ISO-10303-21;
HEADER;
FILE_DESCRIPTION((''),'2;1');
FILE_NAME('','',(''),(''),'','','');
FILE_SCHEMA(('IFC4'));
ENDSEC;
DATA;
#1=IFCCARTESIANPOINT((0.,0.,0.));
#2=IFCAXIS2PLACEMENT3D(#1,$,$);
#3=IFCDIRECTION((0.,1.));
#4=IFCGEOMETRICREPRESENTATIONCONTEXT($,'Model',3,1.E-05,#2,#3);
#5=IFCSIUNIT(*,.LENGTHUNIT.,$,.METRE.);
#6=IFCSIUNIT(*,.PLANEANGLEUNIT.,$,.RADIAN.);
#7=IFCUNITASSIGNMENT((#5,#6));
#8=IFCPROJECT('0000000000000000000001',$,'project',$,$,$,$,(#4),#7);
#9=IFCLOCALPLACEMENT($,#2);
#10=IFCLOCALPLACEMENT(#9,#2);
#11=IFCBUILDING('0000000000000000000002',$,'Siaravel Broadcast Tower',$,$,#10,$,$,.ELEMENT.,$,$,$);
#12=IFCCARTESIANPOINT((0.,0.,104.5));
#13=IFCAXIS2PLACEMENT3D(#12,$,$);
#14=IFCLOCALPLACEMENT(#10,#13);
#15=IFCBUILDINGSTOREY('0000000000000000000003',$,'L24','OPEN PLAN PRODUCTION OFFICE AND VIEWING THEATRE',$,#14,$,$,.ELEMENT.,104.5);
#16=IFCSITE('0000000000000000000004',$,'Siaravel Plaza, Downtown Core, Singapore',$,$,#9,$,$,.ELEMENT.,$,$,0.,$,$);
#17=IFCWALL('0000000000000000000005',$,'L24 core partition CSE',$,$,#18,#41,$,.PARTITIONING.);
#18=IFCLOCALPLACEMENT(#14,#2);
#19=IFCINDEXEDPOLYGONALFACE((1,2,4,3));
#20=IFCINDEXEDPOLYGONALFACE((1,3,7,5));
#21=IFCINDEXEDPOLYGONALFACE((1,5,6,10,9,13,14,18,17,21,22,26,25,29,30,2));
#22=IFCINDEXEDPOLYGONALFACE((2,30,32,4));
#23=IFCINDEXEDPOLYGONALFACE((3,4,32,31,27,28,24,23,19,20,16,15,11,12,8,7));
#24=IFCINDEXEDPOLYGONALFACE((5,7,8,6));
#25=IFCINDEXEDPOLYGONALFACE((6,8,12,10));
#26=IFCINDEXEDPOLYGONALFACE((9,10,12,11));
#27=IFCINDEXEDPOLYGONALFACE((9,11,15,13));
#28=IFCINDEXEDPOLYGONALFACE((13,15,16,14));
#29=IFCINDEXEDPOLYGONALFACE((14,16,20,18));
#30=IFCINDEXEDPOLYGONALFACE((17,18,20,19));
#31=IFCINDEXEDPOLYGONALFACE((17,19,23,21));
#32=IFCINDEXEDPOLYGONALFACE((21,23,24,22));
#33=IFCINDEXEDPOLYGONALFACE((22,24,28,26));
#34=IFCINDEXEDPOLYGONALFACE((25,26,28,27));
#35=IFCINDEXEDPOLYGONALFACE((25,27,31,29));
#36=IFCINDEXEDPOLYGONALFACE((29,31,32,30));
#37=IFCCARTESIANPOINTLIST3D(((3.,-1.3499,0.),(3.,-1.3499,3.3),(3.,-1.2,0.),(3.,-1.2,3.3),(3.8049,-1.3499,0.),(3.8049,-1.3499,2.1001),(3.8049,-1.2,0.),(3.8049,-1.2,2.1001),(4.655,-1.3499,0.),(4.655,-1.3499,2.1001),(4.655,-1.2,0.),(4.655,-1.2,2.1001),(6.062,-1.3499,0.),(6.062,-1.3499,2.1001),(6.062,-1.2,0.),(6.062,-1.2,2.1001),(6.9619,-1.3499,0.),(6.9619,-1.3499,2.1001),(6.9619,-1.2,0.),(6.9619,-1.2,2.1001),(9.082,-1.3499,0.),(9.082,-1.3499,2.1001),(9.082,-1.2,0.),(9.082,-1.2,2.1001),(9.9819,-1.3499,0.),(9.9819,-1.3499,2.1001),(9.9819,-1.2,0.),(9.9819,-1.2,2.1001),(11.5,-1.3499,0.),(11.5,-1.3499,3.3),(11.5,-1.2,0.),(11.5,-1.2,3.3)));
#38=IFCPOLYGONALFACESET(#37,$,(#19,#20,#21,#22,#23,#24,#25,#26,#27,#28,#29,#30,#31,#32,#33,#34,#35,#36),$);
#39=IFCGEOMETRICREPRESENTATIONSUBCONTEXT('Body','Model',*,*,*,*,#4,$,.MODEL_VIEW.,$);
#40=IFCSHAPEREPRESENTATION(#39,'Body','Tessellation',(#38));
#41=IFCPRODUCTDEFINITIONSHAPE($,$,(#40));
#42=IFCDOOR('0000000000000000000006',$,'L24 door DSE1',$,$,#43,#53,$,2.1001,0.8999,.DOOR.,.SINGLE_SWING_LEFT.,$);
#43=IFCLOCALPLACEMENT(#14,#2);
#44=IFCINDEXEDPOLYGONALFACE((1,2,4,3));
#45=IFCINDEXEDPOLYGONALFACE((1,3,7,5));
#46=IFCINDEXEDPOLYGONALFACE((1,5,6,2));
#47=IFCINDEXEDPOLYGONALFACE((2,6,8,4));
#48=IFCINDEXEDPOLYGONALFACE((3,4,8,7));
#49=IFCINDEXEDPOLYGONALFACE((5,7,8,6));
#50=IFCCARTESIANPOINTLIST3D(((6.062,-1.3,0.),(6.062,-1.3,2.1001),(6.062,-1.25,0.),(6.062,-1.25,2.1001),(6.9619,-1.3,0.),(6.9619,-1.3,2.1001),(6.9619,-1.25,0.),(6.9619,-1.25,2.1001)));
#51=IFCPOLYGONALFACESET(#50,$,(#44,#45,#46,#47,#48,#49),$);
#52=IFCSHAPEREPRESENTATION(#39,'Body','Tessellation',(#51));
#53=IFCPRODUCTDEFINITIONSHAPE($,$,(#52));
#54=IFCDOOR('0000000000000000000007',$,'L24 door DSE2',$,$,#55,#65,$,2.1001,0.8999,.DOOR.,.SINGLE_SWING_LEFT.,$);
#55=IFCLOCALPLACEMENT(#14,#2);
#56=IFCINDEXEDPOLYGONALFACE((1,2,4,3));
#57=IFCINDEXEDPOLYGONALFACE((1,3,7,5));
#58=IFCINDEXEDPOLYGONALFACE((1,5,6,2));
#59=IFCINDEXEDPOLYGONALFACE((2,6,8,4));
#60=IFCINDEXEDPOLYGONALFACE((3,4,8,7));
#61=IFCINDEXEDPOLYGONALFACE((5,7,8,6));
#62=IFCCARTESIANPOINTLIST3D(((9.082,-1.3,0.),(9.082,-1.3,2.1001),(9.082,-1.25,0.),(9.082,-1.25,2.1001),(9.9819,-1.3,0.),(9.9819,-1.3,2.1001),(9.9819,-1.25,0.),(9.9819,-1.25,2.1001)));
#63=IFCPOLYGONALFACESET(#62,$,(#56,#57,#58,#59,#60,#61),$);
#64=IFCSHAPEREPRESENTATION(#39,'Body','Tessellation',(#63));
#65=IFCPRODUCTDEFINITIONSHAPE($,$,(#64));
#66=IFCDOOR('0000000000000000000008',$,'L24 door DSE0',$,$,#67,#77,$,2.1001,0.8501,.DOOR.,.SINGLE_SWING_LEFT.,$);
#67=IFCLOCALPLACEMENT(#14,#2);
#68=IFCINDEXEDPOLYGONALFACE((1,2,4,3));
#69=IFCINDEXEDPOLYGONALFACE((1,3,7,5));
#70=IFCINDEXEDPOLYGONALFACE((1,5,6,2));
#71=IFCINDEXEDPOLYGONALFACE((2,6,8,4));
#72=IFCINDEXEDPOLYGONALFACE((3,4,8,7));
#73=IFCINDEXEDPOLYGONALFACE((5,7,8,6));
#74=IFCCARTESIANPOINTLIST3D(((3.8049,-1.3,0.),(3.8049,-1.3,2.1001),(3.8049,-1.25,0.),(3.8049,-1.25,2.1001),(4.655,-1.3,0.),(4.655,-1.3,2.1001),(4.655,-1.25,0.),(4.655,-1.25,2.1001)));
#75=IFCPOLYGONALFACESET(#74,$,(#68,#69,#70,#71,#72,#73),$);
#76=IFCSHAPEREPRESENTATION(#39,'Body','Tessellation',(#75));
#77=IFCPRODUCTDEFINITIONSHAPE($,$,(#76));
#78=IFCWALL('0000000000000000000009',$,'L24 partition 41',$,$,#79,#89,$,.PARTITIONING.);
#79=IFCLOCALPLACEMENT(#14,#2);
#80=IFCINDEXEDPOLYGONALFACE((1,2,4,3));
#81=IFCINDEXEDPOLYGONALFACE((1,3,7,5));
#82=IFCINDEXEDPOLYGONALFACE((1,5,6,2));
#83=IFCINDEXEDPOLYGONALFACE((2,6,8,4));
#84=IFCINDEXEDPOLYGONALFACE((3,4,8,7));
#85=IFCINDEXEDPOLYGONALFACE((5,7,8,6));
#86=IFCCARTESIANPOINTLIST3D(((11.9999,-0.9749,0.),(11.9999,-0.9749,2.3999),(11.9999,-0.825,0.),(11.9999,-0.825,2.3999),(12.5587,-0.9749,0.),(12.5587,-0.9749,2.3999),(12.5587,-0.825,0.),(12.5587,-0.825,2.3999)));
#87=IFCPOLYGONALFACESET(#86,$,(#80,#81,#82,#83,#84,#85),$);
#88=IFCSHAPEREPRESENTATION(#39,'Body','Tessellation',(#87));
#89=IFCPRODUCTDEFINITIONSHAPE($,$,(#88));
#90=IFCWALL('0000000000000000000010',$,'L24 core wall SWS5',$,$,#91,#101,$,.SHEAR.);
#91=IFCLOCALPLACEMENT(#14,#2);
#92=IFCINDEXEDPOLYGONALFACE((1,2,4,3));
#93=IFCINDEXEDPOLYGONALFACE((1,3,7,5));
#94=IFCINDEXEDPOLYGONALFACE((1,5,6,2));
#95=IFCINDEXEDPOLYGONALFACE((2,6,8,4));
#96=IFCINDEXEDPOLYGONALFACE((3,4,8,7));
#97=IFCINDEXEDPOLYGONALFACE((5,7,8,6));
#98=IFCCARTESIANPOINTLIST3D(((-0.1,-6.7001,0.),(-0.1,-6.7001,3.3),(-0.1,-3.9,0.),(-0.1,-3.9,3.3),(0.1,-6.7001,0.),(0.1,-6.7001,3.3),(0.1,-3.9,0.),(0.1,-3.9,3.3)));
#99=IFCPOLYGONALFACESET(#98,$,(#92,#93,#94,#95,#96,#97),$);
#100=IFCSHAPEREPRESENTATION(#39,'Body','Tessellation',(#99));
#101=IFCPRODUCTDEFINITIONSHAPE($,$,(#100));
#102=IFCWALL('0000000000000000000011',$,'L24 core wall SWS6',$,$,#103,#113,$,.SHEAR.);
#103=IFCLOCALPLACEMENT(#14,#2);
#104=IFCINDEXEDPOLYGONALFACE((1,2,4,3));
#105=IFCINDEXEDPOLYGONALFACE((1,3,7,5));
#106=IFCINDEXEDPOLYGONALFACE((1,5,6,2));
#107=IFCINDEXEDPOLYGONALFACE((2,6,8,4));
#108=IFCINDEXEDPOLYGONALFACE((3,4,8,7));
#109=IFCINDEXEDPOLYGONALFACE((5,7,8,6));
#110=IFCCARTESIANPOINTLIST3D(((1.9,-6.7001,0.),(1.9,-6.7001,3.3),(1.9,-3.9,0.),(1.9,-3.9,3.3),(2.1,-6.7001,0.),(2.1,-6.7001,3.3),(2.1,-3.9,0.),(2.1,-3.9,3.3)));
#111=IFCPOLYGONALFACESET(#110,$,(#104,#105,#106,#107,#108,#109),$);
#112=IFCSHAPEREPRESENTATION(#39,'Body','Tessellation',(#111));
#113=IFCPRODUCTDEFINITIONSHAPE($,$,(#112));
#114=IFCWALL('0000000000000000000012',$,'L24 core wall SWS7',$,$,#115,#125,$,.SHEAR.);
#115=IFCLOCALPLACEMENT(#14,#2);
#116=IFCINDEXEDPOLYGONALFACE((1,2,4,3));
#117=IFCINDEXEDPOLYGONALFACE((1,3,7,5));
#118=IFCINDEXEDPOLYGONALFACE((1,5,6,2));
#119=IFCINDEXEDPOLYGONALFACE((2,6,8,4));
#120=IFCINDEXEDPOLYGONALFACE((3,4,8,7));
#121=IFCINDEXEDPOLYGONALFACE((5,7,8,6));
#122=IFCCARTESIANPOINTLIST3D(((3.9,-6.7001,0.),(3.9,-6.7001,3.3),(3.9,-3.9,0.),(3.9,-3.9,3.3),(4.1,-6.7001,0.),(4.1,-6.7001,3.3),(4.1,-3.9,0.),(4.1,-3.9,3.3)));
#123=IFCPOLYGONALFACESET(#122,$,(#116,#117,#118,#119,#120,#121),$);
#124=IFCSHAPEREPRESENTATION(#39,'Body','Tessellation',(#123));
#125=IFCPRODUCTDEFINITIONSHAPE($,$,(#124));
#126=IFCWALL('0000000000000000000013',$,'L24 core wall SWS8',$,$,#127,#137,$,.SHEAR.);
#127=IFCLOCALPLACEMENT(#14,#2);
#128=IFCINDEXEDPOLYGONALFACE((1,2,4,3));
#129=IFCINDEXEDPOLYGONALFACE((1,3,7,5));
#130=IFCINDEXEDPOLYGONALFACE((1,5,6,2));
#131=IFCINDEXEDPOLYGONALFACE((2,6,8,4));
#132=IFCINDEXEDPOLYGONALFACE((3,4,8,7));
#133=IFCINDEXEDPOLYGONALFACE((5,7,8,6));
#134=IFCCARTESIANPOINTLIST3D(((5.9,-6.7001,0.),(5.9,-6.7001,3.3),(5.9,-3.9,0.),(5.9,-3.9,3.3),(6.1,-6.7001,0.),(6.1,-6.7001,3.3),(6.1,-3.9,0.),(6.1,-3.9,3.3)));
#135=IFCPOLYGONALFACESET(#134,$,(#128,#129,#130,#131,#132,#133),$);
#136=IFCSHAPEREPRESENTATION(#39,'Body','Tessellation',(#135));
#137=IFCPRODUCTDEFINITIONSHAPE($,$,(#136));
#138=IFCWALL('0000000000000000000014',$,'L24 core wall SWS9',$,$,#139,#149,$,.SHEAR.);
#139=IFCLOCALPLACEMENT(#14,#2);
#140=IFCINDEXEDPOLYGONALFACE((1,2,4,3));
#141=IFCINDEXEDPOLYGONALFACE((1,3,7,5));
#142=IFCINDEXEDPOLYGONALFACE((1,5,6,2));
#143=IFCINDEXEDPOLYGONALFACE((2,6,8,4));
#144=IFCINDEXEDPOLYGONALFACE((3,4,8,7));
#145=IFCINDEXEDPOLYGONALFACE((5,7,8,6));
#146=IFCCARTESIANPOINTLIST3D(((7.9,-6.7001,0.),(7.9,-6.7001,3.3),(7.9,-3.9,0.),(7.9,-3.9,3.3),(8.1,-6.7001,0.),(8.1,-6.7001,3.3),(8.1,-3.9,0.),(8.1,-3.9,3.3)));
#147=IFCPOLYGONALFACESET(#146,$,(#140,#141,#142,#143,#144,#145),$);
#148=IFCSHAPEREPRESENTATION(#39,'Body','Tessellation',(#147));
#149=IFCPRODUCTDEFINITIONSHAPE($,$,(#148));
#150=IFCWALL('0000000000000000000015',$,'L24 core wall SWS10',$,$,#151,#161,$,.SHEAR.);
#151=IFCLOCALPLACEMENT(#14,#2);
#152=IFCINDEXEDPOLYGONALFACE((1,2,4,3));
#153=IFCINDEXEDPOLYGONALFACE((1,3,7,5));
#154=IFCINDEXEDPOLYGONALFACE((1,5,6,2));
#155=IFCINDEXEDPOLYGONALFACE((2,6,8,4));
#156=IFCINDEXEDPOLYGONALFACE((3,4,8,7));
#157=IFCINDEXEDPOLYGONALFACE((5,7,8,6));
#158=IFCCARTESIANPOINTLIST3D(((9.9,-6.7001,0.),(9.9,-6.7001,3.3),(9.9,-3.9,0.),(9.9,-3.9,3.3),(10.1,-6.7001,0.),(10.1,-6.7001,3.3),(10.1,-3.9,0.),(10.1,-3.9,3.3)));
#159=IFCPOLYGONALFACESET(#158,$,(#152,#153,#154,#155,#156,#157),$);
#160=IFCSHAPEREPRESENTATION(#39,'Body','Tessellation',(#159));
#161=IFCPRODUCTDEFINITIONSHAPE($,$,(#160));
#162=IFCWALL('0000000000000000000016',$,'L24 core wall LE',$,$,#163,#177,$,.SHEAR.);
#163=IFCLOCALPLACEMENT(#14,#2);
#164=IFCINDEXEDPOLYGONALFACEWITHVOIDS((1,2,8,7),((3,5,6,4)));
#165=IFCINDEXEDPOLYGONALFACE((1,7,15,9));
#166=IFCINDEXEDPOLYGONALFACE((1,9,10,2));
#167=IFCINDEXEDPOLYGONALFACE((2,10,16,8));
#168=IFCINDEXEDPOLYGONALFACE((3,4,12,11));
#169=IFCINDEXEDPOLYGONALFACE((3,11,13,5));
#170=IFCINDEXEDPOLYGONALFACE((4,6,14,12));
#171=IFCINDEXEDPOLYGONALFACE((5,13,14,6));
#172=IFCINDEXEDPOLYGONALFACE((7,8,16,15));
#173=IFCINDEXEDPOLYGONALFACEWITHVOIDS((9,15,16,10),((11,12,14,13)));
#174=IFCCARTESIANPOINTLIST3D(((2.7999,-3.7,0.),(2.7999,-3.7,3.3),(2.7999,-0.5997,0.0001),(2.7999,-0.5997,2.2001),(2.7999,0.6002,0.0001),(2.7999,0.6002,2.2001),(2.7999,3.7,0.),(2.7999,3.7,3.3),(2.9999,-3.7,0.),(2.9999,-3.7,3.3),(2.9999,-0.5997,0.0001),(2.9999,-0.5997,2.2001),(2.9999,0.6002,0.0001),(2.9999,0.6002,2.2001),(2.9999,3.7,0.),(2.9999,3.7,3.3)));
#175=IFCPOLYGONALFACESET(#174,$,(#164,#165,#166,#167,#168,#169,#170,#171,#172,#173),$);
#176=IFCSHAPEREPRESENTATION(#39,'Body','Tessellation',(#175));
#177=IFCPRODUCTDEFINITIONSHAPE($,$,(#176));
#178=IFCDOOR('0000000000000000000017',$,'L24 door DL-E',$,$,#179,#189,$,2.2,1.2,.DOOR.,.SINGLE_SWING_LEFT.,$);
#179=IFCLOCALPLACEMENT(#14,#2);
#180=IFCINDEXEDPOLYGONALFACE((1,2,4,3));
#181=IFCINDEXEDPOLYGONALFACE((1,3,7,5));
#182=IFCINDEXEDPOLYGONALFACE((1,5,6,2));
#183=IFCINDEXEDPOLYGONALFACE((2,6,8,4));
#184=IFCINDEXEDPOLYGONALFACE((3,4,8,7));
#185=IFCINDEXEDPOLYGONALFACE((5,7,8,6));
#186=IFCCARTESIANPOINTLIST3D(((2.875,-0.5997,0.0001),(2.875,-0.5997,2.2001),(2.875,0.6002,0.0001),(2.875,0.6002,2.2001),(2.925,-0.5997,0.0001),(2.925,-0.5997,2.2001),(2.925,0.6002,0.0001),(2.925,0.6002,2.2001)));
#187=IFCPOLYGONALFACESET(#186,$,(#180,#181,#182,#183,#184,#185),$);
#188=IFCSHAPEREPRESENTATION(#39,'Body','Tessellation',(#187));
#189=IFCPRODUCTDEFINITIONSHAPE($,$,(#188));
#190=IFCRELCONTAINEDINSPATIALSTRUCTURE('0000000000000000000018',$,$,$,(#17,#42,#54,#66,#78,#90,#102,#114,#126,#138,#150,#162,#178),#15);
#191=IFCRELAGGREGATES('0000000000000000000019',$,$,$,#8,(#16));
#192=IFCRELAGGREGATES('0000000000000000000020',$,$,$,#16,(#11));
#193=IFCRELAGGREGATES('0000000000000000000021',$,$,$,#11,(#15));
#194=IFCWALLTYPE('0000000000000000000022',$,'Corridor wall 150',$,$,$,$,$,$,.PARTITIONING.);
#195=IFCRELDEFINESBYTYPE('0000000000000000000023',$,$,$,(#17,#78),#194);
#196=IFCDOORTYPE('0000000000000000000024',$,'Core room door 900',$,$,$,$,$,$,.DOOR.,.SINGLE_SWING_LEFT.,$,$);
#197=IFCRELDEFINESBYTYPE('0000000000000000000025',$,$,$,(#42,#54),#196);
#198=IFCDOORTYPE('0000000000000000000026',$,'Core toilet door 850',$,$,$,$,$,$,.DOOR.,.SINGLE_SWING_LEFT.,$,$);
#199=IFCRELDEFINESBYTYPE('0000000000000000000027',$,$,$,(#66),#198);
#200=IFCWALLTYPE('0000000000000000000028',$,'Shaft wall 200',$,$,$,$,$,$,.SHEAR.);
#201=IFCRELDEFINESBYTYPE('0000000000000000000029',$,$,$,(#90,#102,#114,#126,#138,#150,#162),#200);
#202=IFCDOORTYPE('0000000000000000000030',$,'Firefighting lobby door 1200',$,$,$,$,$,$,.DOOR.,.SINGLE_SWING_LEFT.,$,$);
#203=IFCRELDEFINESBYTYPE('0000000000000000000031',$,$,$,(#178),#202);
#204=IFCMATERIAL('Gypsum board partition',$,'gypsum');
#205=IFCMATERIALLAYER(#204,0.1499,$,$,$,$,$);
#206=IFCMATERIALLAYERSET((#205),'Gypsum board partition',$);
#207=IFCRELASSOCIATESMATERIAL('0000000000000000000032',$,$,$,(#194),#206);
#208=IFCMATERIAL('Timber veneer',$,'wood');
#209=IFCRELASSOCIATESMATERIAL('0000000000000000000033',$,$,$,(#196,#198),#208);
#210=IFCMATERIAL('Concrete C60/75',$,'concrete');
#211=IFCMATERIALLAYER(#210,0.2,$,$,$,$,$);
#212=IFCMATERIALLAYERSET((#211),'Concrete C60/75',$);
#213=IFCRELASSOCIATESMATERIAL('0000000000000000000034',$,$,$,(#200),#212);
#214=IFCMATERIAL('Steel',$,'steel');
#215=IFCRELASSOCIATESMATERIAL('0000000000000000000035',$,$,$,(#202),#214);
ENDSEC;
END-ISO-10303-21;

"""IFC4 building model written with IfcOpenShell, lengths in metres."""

from ifc_helpers import new_model, si_unit, direction, frame, frame_2d, origin, place, context, subcontext, project, spatial, rectangle, extrude, material, layer, layer_set, type_object, element, fill, save


model = new_model("IFC4")

# Units and contexts
model_context = context("Model", 3, precision=1e-05, world=origin(), true_north=direction((0.0, 1.0)))
body_context = subcontext(model_context, "Body", "Model", "MODEL_VIEW")
ifc_project = project(units=[si_unit("LENGTHUNIT", "METRE"), si_unit("PLANEANGLEUNIT", "RADIAN")], contexts=[model_context])

# Site, building, storey
site_placement = place(None, origin())
site = spatial("IfcSite", under=ifc_project, at=site_placement, Name="Siaravel Plaza, Downtown Core, Singapore", CompositionType="ELEMENT", RefElevation=0.0)
building_placement = place(site_placement, origin())
building = spatial("IfcBuilding", under=site, at=building_placement, Name="Siaravel Broadcast Tower", CompositionType="ELEMENT")
storey_placement = place(building_placement, frame((0.0, 0.0, 104.5)))
storey = spatial("IfcBuildingStorey", under=building, at=storey_placement, Name="L24", Description="OPEN PLAN PRODUCTION OFFICE AND VIEWING THEATRE", CompositionType="ELEMENT", Elevation=104.5)

# Wall, openings, doors
ifc_material_1 = material(Name="Gypsum board partition", Category="gypsum")
ifc_layer_1 = layer(ifc_material_1, 0.1499)
ifc_layer_set_1 = layer_set([ifc_layer_1], Name="Gypsum board partition")
wall_type_1 = type_object("IfcWallType", Name="Corridor wall 150", PredefinedType="PARTITIONING", material=ifc_layer_set_1)
wall_1_placement = place(storey_placement, frame((3.0, -1.2749, 0.0), z_axis=(0.0, 0.0, 1.0), x_axis=(1.0, 0.0, 0.0)))
wall_1 = element("IfcWall", 1, at=wall_1_placement, inside=storey, type_object=wall_type_1, Name="L24 core partition CSE", PredefinedType="PARTITIONING", context=body_context, shape_type="SweptSolid", body=[
    extrude(rectangle(XDim=8.5, YDim=0.1499, at=frame_2d((4.25, 0.0))), origin(), (0.0, 0.0, 1.0), 3.3),
])
opening_1_placement = place(wall_1_placement, frame((0.8049, 0.0, 0.0)))
opening_1 = element("IfcOpeningElement", 2, at=opening_1_placement, cuts=wall_1, PredefinedType="OPENING", context=body_context, shape_type="SweptSolid", body=[
    extrude(rectangle(XDim=0.8501, YDim=2.1001, at=frame_2d((0.425, 1.05))), frame((0.0, 0.085, 0.0), z_axis=(0.0, -1.0, 0.0), x_axis=(1.0, 0.0, 0.0)), (0.0, 0.0, 1.0), 0.1699),
])
opening_2_placement = place(wall_1_placement, frame((3.062, 0.0, 0.0)))
opening_2 = element("IfcOpeningElement", 3, at=opening_2_placement, cuts=wall_1, PredefinedType="OPENING", context=body_context, shape_type="SweptSolid", body=[
    extrude(rectangle(XDim=0.8999, YDim=2.1001, at=frame_2d((0.45, 1.05))), frame((0.0, 0.085, 0.0), z_axis=(0.0, -1.0, 0.0), x_axis=(1.0, 0.0, 0.0)), (0.0, 0.0, 1.0), 0.1699),
])
opening_3_placement = place(wall_1_placement, frame((6.082, 0.0, 0.0)))
opening_3 = element("IfcOpeningElement", 4, at=opening_3_placement, cuts=wall_1, PredefinedType="OPENING", context=body_context, shape_type="SweptSolid", body=[
    extrude(rectangle(XDim=0.8999, YDim=2.1001, at=frame_2d((0.45, 1.05))), frame((0.0, 0.085, 0.0), z_axis=(0.0, -1.0, 0.0), x_axis=(1.0, 0.0, 0.0)), (0.0, 0.0, 1.0), 0.1699),
])
ifc_material_2 = material(Name="Timber veneer", Category="wood")
door_type_1 = type_object("IfcDoorType", Name="Core room door 900", OperationType="SINGLE_SWING_LEFT", PredefinedType="DOOR", material=ifc_material_2)
door_1_placement = place(opening_2_placement, origin())
door_1 = element("IfcDoor", 5, at=door_1_placement, inside=storey, type_object=door_type_1, Name="L24 door DSE1", OperationType="SINGLE_SWING_LEFT", OverallHeight=2.1001, OverallWidth=0.8999, PredefinedType="DOOR", context=body_context, shape_type="SweptSolid", body=[
    extrude(rectangle(XDim=0.8999, YDim=2.1001, at=frame_2d((0.45, 1.05))), frame((0.0, 0.0249, 0.0), z_axis=(0.0, -1.0, 0.0), x_axis=(1.0, 0.0, 0.0)), (0.0, 0.0, 1.0), 0.05),
])
fill(opening_2, door_1)
door_2_placement = place(opening_3_placement, origin())
door_2 = element("IfcDoor", 6, at=door_2_placement, inside=storey, type_object=door_type_1, Name="L24 door DSE2", OperationType="SINGLE_SWING_LEFT", OverallHeight=2.1001, OverallWidth=0.8999, PredefinedType="DOOR", context=body_context, shape_type="SweptSolid", body=[
    extrude(rectangle(XDim=0.8999, YDim=2.1001, at=frame_2d((0.45, 1.05))), frame((0.0, 0.0249, 0.0), z_axis=(0.0, -1.0, 0.0), x_axis=(1.0, 0.0, 0.0)), (0.0, 0.0, 1.0), 0.05),
])
fill(opening_3, door_2)
door_type_2 = type_object("IfcDoorType", Name="Core toilet door 850", OperationType="SINGLE_SWING_LEFT", PredefinedType="DOOR", material=ifc_material_2)
door_3_placement = place(opening_1_placement, origin())
door_3 = element("IfcDoor", 7, at=door_3_placement, inside=storey, type_object=door_type_2, Name="L24 door DSE0", OperationType="SINGLE_SWING_LEFT", OverallHeight=2.1001, OverallWidth=0.8501, PredefinedType="DOOR", context=body_context, shape_type="SweptSolid", body=[
    extrude(rectangle(XDim=0.8501, YDim=2.1001, at=frame_2d((0.425, 1.05))), frame((0.0, 0.0249, 0.0), z_axis=(0.0, -1.0, 0.0), x_axis=(1.0, 0.0, 0.0)), (0.0, 0.0, 1.0), 0.05),
])
fill(opening_1, door_3)

# Walls
wall_2_placement = place(storey_placement, frame((12.0, -0.8999, 0.0), z_axis=(0.0, 0.0, 1.0), x_axis=(1.0, 0.0, 0.0)))
element("IfcWall", 8, at=wall_2_placement, inside=storey, type_object=wall_type_1, Name="L24 partition 41", PredefinedType="PARTITIONING", context=body_context, shape_type="SweptSolid", body=[
    extrude(rectangle(XDim=0.5588, YDim=0.1499, at=frame_2d((0.2793, 0.0))), origin(), (0.0, 0.0, 1.0), 2.3999),
])
ifc_material_3 = material(Name="Concrete C60/75", Category="concrete")
ifc_layer_2 = layer(ifc_material_3, 0.2)
ifc_layer_set_2 = layer_set([ifc_layer_2], Name="Concrete C60/75")
wall_type_2 = type_object("IfcWallType", Name="Shaft wall 200", PredefinedType="SHEAR", material=ifc_layer_set_2)
for number, where, z_axis, x_axis, name in (
    (9, (0.0, -6.7, 0.0), (0.0, 0.0, 1.0), (0.0, 1.0, 0.0), "L24 core wall SWS5"),
    (10, (2.0, -6.7, 0.0), (0.0, 0.0, 1.0), (0.0, 1.0, 0.0), "L24 core wall SWS6"),
    (11, (4.0, -6.7, 0.0), (0.0, 0.0, 1.0), (0.0, 1.0, 0.0), "L24 core wall SWS7"),
    (12, (6.0, -6.7, 0.0), (0.0, 0.0, 1.0), (0.0, 1.0, 0.0), "L24 core wall SWS8"),
    (13, (8.0, -6.7, 0.0), (0.0, 0.0, 1.0), (0.0, 1.0, 0.0), "L24 core wall SWS9"),
    (14, (10.0, -6.7, 0.0), (0.0, 0.0, 1.0), (0.0, 1.0, 0.0), "L24 core wall SWS10"),
):
    element("IfcWall", number, at=place(storey_placement, frame(where, z_axis=z_axis, x_axis=x_axis)), inside=storey, type_object=wall_type_2, Name=name, PredefinedType="SHEAR", context=body_context, shape_type="SweptSolid", body=[
        extrude(rectangle(XDim=2.8, YDim=0.2, at=frame_2d((1.3999, 0.0))), origin(), (0.0, 0.0, 1.0), 3.3),
    ])

# Wall, opening, door
wall_3_placement = place(storey_placement, frame((2.8999, -3.7, 0.0), z_axis=(0.0, 0.0, 1.0), x_axis=(0.0, 1.0, 0.0)))
wall_3 = element("IfcWall", 15, at=wall_3_placement, inside=storey, type_object=wall_type_2, Name="L24 core wall LE", PredefinedType="SHEAR", context=body_context, shape_type="SweptSolid", body=[
    extrude(rectangle(XDim=7.3999, YDim=0.2, at=frame_2d((3.7, 0.0))), origin(), (0.0, 0.0, 1.0), 3.3),
])
opening_4_placement = place(wall_3_placement, frame((3.1001, 0.0, 0.0)))
opening_4 = element("IfcOpeningElement", 16, at=opening_4_placement, cuts=wall_3, PredefinedType="OPENING", context=body_context, shape_type="SweptSolid", body=[
    extrude(rectangle(XDim=1.2, YDim=2.2, at=frame_2d((0.6001, 1.1001))), frame((0.0, 0.1099, 0.0), z_axis=(0.0, -1.0, 0.0), x_axis=(1.0, 0.0, 0.0)), (0.0, 0.0, 1.0), 0.22),
])
ifc_material_4 = material(Name="Steel", Category="steel")
door_type_3 = type_object("IfcDoorType", Name="Firefighting lobby door 1200", OperationType="SINGLE_SWING_LEFT", PredefinedType="DOOR", material=ifc_material_4)
door_4_placement = place(opening_4_placement, origin())
door_4 = element("IfcDoor", 17, at=door_4_placement, inside=storey, type_object=door_type_3, Name="L24 door DL-E", OperationType="SINGLE_SWING_LEFT", OverallHeight=2.2, OverallWidth=1.2, PredefinedType="DOOR", context=body_context, shape_type="SweptSolid", body=[
    extrude(rectangle(XDim=1.2, YDim=2.2, at=frame_2d((0.6001, 1.1001))), frame((0.0, 0.0249, 0.0), z_axis=(0.0, -1.0, 0.0), x_axis=(1.0, 0.0, 0.0)), (0.0, 0.0, 1.0), 0.05),
])
fill(opening_4, door_4)

save(model, "model.ifc")
